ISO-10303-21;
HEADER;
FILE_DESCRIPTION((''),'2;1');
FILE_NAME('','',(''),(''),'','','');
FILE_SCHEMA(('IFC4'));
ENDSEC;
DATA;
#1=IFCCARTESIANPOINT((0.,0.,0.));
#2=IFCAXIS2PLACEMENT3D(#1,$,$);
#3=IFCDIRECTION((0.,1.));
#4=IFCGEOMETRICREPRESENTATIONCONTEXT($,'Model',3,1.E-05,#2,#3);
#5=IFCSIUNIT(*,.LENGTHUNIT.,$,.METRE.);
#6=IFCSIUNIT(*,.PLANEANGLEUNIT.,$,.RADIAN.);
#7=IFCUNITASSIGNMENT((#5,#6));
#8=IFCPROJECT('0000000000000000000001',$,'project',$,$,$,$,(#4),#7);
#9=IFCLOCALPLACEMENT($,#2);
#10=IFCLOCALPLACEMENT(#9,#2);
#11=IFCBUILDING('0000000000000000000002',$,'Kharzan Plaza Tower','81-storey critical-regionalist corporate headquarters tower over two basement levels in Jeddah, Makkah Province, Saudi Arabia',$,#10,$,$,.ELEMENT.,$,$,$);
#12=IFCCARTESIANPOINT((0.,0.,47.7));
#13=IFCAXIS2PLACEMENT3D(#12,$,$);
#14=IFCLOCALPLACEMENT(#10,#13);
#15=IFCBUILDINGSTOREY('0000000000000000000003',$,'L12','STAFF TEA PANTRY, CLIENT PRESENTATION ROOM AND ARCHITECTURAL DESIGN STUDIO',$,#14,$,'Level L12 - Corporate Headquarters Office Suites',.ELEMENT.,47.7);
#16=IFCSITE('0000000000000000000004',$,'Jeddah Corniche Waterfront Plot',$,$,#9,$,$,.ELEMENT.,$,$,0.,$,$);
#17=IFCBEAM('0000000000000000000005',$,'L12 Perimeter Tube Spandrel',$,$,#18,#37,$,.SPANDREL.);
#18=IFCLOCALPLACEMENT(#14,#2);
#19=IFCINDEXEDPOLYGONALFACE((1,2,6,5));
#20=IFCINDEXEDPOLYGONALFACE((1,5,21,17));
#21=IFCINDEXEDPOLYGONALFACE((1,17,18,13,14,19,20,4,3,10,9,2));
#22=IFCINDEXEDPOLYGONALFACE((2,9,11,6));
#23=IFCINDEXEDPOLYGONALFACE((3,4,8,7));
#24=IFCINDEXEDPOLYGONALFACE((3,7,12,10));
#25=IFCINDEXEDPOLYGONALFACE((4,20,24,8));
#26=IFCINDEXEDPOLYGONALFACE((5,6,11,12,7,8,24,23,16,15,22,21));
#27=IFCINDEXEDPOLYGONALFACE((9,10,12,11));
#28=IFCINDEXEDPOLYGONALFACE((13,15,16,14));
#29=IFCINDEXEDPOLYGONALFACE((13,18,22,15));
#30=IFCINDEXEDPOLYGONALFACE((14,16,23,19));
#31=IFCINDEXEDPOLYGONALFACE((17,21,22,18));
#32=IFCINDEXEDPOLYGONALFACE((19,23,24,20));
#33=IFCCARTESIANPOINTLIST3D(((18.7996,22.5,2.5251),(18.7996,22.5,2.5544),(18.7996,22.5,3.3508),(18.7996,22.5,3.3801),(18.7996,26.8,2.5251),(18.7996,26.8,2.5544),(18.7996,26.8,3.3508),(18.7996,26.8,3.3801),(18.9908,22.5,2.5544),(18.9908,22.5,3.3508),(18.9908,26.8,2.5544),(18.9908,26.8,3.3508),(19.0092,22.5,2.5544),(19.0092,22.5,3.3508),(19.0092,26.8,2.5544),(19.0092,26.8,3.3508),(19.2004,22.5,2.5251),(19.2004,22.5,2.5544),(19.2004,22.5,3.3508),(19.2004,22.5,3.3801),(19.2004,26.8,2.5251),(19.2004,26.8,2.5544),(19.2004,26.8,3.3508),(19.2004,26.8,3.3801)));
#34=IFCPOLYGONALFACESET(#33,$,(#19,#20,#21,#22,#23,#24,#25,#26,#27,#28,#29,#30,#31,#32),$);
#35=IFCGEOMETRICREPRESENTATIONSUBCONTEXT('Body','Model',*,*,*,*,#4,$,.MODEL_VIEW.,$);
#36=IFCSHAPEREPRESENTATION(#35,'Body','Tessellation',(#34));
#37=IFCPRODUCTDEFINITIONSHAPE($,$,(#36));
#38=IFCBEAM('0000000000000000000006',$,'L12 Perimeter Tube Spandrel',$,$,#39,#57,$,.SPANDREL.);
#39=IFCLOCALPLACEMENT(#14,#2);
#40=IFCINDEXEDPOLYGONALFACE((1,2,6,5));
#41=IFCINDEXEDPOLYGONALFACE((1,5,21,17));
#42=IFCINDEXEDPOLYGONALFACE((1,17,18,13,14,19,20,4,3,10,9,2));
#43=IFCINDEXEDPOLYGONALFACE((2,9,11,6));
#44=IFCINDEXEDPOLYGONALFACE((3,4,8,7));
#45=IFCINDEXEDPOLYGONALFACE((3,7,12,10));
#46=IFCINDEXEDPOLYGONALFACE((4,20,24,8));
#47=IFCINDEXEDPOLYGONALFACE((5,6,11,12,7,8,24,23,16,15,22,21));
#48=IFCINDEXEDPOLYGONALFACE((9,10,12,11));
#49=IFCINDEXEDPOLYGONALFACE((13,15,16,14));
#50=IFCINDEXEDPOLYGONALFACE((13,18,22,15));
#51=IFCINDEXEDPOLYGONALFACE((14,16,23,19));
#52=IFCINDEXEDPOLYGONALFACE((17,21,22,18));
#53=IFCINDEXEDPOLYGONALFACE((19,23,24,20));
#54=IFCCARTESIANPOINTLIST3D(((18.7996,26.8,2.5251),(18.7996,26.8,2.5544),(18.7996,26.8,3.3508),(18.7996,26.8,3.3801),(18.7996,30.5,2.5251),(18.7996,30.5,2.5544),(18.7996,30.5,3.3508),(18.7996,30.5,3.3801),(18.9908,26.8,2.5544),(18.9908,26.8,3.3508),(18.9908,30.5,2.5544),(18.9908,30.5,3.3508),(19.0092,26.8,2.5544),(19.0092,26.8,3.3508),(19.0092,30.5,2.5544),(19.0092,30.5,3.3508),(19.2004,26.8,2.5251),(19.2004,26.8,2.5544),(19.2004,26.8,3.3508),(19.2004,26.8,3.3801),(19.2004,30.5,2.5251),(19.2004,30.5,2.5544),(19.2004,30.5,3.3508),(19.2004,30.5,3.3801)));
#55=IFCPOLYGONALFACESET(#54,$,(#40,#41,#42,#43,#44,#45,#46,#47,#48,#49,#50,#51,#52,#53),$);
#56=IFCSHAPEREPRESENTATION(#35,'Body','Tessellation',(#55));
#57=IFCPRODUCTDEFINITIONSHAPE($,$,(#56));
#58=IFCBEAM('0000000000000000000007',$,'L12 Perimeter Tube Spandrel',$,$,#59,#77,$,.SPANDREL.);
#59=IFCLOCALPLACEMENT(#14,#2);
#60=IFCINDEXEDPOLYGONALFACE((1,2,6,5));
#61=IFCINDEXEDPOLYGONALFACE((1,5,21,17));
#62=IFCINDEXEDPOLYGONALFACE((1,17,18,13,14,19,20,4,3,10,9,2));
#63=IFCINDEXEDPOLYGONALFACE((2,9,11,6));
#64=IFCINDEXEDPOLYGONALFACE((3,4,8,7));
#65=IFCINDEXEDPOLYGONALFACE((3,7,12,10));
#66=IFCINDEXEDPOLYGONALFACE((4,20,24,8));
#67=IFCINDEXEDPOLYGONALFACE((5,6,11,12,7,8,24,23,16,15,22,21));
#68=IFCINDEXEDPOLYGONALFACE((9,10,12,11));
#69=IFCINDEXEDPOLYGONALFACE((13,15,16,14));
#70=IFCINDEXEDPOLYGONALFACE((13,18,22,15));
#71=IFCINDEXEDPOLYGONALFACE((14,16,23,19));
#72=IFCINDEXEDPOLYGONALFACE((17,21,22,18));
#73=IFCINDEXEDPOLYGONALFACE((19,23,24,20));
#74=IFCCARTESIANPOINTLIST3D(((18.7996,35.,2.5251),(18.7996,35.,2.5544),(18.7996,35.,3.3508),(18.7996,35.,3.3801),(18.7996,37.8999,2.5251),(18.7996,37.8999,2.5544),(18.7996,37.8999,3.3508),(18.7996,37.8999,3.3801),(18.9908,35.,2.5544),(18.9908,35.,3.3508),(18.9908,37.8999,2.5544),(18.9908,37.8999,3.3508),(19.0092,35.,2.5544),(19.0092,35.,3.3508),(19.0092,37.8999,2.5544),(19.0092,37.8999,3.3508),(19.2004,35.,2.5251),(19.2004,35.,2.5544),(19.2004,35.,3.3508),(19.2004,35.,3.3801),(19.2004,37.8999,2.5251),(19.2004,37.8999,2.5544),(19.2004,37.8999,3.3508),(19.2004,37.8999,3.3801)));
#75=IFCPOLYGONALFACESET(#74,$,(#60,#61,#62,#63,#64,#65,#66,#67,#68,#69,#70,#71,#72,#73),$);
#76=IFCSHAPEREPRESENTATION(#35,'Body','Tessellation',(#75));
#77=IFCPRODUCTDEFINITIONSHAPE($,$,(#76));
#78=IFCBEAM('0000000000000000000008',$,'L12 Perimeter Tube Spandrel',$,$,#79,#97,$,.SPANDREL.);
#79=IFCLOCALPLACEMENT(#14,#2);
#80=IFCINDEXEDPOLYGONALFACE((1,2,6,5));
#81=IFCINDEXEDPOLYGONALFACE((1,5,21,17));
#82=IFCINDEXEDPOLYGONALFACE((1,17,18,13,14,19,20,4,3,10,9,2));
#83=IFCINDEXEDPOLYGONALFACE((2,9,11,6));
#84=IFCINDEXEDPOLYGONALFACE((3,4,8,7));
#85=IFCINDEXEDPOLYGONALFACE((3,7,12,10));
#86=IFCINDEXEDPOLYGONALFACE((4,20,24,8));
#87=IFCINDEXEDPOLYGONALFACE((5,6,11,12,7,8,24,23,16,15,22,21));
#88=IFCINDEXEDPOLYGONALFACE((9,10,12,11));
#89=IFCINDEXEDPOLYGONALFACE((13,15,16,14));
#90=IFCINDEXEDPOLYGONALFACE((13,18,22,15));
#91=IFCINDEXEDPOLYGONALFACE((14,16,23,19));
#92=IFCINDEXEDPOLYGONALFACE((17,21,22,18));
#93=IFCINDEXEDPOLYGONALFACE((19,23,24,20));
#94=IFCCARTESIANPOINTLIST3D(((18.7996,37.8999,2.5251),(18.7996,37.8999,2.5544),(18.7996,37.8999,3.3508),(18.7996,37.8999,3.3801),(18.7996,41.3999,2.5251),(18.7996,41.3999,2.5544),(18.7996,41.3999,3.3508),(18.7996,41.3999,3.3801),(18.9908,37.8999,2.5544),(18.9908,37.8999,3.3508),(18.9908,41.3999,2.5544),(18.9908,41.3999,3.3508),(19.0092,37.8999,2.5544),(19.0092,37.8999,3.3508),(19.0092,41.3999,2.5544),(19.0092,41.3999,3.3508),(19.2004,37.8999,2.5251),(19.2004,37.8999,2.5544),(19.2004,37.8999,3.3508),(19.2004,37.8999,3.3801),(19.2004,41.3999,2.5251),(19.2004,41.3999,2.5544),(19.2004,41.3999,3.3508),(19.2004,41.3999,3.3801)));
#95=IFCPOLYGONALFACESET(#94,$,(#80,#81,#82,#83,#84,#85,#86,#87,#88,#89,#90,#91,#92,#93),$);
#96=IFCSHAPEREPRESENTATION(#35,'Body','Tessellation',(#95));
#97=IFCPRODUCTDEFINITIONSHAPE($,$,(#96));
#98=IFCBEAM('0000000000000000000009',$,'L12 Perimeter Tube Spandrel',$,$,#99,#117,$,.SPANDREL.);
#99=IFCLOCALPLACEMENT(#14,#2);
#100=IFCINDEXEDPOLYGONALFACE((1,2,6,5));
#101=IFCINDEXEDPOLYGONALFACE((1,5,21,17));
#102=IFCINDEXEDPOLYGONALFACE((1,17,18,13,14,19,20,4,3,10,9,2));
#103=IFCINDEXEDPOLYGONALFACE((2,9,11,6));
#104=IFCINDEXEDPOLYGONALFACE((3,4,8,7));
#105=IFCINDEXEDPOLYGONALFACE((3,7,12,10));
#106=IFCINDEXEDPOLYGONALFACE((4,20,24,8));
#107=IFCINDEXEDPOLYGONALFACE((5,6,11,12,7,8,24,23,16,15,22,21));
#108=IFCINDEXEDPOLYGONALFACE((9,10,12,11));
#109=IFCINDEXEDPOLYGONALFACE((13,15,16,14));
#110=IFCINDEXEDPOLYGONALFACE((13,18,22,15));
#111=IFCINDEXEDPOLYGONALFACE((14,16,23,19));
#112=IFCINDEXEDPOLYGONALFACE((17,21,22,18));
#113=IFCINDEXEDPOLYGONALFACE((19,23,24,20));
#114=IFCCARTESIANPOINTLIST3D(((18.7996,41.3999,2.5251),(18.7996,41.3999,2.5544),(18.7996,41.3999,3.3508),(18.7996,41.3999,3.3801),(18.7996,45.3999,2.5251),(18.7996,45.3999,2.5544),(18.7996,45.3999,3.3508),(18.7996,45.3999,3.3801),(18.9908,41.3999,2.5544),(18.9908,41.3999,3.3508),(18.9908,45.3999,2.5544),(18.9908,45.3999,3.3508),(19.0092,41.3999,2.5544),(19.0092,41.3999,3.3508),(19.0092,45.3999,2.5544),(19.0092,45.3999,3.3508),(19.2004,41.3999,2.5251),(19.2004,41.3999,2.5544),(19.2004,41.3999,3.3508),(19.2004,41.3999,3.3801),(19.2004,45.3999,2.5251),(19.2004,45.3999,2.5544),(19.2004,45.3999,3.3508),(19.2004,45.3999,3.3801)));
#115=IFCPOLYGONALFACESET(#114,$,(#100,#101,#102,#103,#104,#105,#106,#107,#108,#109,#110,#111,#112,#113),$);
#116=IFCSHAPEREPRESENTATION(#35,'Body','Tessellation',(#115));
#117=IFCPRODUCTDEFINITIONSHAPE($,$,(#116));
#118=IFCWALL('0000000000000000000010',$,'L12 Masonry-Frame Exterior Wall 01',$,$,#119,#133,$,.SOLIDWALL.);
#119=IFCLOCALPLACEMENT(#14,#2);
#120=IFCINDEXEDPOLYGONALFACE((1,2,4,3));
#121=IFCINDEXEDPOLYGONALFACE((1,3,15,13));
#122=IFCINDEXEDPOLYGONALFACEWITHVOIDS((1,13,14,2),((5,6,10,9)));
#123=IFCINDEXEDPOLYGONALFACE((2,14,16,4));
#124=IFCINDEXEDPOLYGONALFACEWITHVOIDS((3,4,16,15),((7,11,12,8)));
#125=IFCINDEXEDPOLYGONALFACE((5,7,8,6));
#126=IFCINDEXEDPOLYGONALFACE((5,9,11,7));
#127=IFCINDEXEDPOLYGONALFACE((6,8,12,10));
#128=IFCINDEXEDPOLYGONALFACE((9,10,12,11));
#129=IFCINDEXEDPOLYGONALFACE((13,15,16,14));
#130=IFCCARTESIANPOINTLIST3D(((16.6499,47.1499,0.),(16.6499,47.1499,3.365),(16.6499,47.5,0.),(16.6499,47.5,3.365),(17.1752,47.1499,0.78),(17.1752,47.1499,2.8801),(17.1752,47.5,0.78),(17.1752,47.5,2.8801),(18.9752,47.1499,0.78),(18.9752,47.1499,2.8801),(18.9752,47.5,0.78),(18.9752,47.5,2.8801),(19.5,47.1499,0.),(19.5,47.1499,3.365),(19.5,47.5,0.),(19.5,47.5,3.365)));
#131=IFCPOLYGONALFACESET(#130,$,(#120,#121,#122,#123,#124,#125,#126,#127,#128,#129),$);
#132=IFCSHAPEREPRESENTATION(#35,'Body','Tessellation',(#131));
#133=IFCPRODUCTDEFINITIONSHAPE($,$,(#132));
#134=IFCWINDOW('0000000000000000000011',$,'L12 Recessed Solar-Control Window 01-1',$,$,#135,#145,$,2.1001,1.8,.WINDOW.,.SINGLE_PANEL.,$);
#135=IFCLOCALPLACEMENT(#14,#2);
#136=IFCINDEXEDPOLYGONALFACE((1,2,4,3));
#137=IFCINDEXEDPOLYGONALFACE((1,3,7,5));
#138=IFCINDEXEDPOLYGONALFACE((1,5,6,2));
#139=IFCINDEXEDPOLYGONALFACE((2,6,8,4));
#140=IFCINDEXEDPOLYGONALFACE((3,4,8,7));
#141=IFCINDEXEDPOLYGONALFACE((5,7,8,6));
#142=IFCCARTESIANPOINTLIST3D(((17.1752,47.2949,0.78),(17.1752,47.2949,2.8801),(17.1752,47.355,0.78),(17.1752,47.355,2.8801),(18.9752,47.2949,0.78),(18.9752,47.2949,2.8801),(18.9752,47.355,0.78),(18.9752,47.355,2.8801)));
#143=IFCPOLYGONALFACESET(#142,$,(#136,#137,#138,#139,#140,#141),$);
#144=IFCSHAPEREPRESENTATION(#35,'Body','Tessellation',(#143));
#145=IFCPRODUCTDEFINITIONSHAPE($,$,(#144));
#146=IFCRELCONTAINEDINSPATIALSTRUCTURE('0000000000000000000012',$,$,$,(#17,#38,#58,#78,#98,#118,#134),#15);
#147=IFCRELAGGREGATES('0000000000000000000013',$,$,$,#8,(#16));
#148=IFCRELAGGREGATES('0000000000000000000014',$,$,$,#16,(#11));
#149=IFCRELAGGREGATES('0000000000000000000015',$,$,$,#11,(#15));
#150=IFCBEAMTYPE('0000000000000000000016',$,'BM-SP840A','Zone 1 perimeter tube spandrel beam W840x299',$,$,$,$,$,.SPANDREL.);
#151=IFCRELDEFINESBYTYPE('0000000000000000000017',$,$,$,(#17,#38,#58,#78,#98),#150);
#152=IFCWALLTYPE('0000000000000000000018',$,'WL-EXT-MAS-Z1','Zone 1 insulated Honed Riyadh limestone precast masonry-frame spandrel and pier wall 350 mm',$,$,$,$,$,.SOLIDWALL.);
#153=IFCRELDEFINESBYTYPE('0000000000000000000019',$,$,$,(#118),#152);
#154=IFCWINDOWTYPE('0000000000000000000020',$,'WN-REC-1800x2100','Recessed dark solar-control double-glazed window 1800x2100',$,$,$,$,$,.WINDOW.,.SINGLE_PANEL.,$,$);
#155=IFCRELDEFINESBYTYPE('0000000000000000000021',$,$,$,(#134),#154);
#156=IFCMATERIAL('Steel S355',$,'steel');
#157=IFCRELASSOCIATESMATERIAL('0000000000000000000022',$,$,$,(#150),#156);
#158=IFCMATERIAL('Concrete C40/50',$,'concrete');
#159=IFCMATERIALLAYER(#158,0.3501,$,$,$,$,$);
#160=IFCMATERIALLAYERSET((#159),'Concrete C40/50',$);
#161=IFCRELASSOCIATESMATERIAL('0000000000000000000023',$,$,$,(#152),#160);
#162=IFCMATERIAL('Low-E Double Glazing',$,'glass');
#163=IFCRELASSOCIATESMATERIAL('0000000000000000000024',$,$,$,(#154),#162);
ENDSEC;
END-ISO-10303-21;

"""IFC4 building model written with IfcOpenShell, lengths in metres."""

from ifc_helpers import new_model, si_unit, direction, frame, frame_2d, origin, origin_2d, place, context, subcontext, project, spatial, rectangle, i_section, extrude, source, transform, mapped, material, layer, layer_set, material_profile, profile_set, type_object, element, fill, save


model = new_model("IFC4")

# Units and contexts
model_context = context("Model", 3, precision=1e-05, world=origin(), true_north=direction((0.0, 1.0)))
body_context = subcontext(model_context, "Body", "Model", "MODEL_VIEW")
ifc_project = project(units=[si_unit("LENGTHUNIT", "METRE"), si_unit("PLANEANGLEUNIT", "RADIAN")], contexts=[model_context])

# Site, building, storey
site_placement = place(None, origin())
site = spatial("IfcSite", under=ifc_project, at=site_placement, Name="Jeddah Corniche Waterfront Plot", CompositionType="ELEMENT", RefElevation=0.0)
building_placement = place(site_placement, origin())
building = spatial("IfcBuilding", under=site, at=building_placement, Name="Kharzan Plaza Tower", Description="81-storey critical-regionalist corporate headquarters tower over two basement levels in Jeddah, Makkah Province, Saudi Arabia", CompositionType="ELEMENT")
storey_placement = place(building_placement, frame((0.0, 0.0, 47.7)))
storey = spatial("IfcBuildingStorey", under=building, at=storey_placement, Name="L12", Description="STAFF TEA PANTRY, CLIENT PRESENTATION ROOM AND ARCHITECTURAL DESIGN STUDIO", LongName="Level L12 - Corporate Headquarters Office Suites", CompositionType="ELEMENT", Elevation=47.7)

# Beams
ifc_material_1 = material(Name="Steel S355", Category="steel")
ifc_material_profile_1 = material_profile(ifc_material_1, i_section(OverallWidth=0.4009, OverallDepth=0.855, WebThickness=0.0183, FlangeThickness=0.0293, at=origin_2d()), Name="W840x299")
ifc_profile_set_1 = profile_set([ifc_material_profile_1], Name="Steel S355")
beam_type_1 = type_object("IfcBeamType", Name="BM-SP840A", Description="Zone 1 perimeter tube spandrel beam W840x299", PredefinedType="SPANDREL", material=ifc_profile_set_1)
shared_shape_1 = source(origin(), body_context, "Body", "SweptSolid", [
    extrude(i_section(OverallWidth=0.4009, OverallDepth=0.855, WebThickness=0.0183, FlangeThickness=0.0293, at=origin_2d()), origin(), (0.0, 0.0, 1.0), 4.3),
])
beam_1_placement = place(storey_placement, frame((19.0, 22.5, 2.9526), z_axis=(0.0, 1.0, 0.0), x_axis=(-1.0, 0.0, 0.0)))
element("IfcBeam", 1, at=beam_1_placement, inside=storey, type_object=beam_type_1, Name="L12 Perimeter Tube Spandrel", PredefinedType="SPANDREL", context=body_context, shape_type="MappedRepresentation", body=[
    mapped(shared_shape_1, transform((0.0, 0.0, 0.0), x_axis=(1.0, 0.0, 0.0), y_axis=(0.0, 1.0, 0.0), z_axis=(0.0, 0.0, 1.0))),
])
shared_shape_2 = source(origin(), body_context, "Body", "SweptSolid", [
    extrude(i_section(OverallWidth=0.4009, OverallDepth=0.855, WebThickness=0.0183, FlangeThickness=0.0293, at=origin_2d()), origin(), (0.0, 0.0, 1.0), 3.7),
])
beam_2_placement = place(storey_placement, frame((19.0, 26.8, 2.9526), z_axis=(0.0, 1.0, 0.0), x_axis=(-1.0, 0.0, 0.0)))
element("IfcBeam", 2, at=beam_2_placement, inside=storey, type_object=beam_type_1, Name="L12 Perimeter Tube Spandrel", PredefinedType="SPANDREL", context=body_context, shape_type="MappedRepresentation", body=[
    mapped(shared_shape_2, transform((0.0, 0.0, 0.0), x_axis=(1.0, 0.0, 0.0), y_axis=(0.0, 1.0, 0.0), z_axis=(0.0, 0.0, 1.0))),
])
shared_shape_3 = source(origin(), body_context, "Body", "SweptSolid", [
    extrude(i_section(OverallWidth=0.4009, OverallDepth=0.855, WebThickness=0.0183, FlangeThickness=0.0293, at=origin_2d()), origin(), (0.0, 0.0, 1.0), 2.8999),
])
beam_3_placement = place(storey_placement, frame((19.0, 35.0, 2.9526), z_axis=(0.0, 1.0, 0.0), x_axis=(-1.0, 0.0, 0.0)))
element("IfcBeam", 3, at=beam_3_placement, inside=storey, type_object=beam_type_1, Name="L12 Perimeter Tube Spandrel", PredefinedType="SPANDREL", context=body_context, shape_type="MappedRepresentation", body=[
    mapped(shared_shape_3, transform((0.0, 0.0, 0.0), x_axis=(1.0, 0.0, 0.0), y_axis=(0.0, 1.0, 0.0), z_axis=(0.0, 0.0, 1.0))),
])
shared_shape_4 = source(origin(), body_context, "Body", "SweptSolid", [
    extrude(i_section(OverallWidth=0.4009, OverallDepth=0.855, WebThickness=0.0183, FlangeThickness=0.0293, at=origin_2d()), origin(), (0.0, 0.0, 1.0), 3.5),
])
beam_4_placement = place(storey_placement, frame((19.0, 37.8999, 2.9526), z_axis=(0.0, 1.0, 0.0), x_axis=(-1.0, 0.0, 0.0)))
element("IfcBeam", 4, at=beam_4_placement, inside=storey, type_object=beam_type_1, Name="L12 Perimeter Tube Spandrel", PredefinedType="SPANDREL", context=body_context, shape_type="MappedRepresentation", body=[
    mapped(shared_shape_4, transform((0.0, 0.0, 0.0), x_axis=(1.0, 0.0, 0.0), y_axis=(0.0, 1.0, 0.0), z_axis=(0.0, 0.0, 1.0))),
])
shared_shape_5 = source(origin(), body_context, "Body", "SweptSolid", [
    extrude(i_section(OverallWidth=0.4009, OverallDepth=0.855, WebThickness=0.0183, FlangeThickness=0.0293, at=origin_2d()), origin(), (0.0, 0.0, 1.0), 4.0),
])
beam_5_placement = place(storey_placement, frame((19.0, 41.3999, 2.9526), z_axis=(0.0, 1.0, 0.0), x_axis=(-1.0, 0.0, 0.0)))
element("IfcBeam", 5, at=beam_5_placement, inside=storey, type_object=beam_type_1, Name="L12 Perimeter Tube Spandrel", PredefinedType="SPANDREL", context=body_context, shape_type="MappedRepresentation", body=[
    mapped(shared_shape_5, transform((0.0, 0.0, 0.0), x_axis=(1.0, 0.0, 0.0), y_axis=(0.0, 1.0, 0.0), z_axis=(0.0, 0.0, 1.0))),
])

# Wall, opening, window
ifc_material_2 = material(Name="Concrete C40/50", Category="concrete")
ifc_layer_1 = layer(ifc_material_2, 0.3501)
ifc_layer_set_1 = layer_set([ifc_layer_1], Name="Concrete C40/50")
wall_type_1 = type_object("IfcWallType", Name="WL-EXT-MAS-Z1", Description="Zone 1 insulated Honed Riyadh limestone precast masonry-frame spandrel and pier wall 350 mm", PredefinedType="SOLIDWALL", material=ifc_layer_set_1)
wall_1_placement = place(storey_placement, frame((19.5, 47.325, 0.0), z_axis=(0.0, 0.0, 1.0), x_axis=(-1.0, 0.0, 0.0)))
wall_1 = element("IfcWall", 6, at=wall_1_placement, inside=storey, type_object=wall_type_1, Name="L12 Masonry-Frame Exterior Wall 01", PredefinedType="SOLIDWALL", context=body_context, shape_type="SweptSolid", body=[
    extrude(rectangle(XDim=2.8501, YDim=0.3501, at=frame_2d((1.425, 0.0))), origin(), (0.0, 0.0, 1.0), 3.365),
])
opening_1_placement = place(wall_1_placement, frame((0.5249, 0.0, 0.78)))
opening_1 = element("IfcOpeningElement", 7, at=opening_1_placement, cuts=wall_1, PredefinedType="OPENING", context=body_context, shape_type="SweptSolid", body=[
    extrude(rectangle(XDim=1.8, YDim=2.1001, at=frame_2d((0.8999, 1.05))), frame((0.0, 0.1851, 0.0), z_axis=(0.0, -1.0, 0.0), x_axis=(1.0, 0.0, 0.0)), (0.0, 0.0, 1.0), 0.3701),
])
ifc_material_3 = material(Name="Low-E Double Glazing", Category="glass")
window_type_1 = type_object("IfcWindowType", Name="WN-REC-1800x2100", Description="Recessed dark solar-control double-glazed window 1800x2100", PartitioningType="SINGLE_PANEL", PredefinedType="WINDOW", material=ifc_material_3)
shared_shape_6 = source(origin(), body_context, "Body", "SweptSolid", [
    extrude(rectangle(XDim=1.8, YDim=2.1001, at=frame_2d((0.8999, 1.05))), frame((0.0, 0.03, 0.0), z_axis=(0.0, -1.0, 0.0), x_axis=(1.0, 0.0, 0.0)), (0.0, 0.0, 1.0), 0.0601),
])
window_1_placement = place(opening_1_placement, origin())
window_1 = element("IfcWindow", 8, at=window_1_placement, inside=storey, type_object=window_type_1, Name="L12 Recessed Solar-Control Window 01-1", OverallHeight=2.1001, OverallWidth=1.8, PartitioningType="SINGLE_PANEL", PredefinedType="WINDOW", context=body_context, shape_type="MappedRepresentation", body=[
    mapped(shared_shape_6, transform((0.0, 0.0, 0.0), x_axis=(1.0, 0.0, 0.0), y_axis=(0.0, 1.0, 0.0), z_axis=(0.0, 0.0, 1.0))),
])
fill(opening_1, window_1)

save(model, "model.ifc")
